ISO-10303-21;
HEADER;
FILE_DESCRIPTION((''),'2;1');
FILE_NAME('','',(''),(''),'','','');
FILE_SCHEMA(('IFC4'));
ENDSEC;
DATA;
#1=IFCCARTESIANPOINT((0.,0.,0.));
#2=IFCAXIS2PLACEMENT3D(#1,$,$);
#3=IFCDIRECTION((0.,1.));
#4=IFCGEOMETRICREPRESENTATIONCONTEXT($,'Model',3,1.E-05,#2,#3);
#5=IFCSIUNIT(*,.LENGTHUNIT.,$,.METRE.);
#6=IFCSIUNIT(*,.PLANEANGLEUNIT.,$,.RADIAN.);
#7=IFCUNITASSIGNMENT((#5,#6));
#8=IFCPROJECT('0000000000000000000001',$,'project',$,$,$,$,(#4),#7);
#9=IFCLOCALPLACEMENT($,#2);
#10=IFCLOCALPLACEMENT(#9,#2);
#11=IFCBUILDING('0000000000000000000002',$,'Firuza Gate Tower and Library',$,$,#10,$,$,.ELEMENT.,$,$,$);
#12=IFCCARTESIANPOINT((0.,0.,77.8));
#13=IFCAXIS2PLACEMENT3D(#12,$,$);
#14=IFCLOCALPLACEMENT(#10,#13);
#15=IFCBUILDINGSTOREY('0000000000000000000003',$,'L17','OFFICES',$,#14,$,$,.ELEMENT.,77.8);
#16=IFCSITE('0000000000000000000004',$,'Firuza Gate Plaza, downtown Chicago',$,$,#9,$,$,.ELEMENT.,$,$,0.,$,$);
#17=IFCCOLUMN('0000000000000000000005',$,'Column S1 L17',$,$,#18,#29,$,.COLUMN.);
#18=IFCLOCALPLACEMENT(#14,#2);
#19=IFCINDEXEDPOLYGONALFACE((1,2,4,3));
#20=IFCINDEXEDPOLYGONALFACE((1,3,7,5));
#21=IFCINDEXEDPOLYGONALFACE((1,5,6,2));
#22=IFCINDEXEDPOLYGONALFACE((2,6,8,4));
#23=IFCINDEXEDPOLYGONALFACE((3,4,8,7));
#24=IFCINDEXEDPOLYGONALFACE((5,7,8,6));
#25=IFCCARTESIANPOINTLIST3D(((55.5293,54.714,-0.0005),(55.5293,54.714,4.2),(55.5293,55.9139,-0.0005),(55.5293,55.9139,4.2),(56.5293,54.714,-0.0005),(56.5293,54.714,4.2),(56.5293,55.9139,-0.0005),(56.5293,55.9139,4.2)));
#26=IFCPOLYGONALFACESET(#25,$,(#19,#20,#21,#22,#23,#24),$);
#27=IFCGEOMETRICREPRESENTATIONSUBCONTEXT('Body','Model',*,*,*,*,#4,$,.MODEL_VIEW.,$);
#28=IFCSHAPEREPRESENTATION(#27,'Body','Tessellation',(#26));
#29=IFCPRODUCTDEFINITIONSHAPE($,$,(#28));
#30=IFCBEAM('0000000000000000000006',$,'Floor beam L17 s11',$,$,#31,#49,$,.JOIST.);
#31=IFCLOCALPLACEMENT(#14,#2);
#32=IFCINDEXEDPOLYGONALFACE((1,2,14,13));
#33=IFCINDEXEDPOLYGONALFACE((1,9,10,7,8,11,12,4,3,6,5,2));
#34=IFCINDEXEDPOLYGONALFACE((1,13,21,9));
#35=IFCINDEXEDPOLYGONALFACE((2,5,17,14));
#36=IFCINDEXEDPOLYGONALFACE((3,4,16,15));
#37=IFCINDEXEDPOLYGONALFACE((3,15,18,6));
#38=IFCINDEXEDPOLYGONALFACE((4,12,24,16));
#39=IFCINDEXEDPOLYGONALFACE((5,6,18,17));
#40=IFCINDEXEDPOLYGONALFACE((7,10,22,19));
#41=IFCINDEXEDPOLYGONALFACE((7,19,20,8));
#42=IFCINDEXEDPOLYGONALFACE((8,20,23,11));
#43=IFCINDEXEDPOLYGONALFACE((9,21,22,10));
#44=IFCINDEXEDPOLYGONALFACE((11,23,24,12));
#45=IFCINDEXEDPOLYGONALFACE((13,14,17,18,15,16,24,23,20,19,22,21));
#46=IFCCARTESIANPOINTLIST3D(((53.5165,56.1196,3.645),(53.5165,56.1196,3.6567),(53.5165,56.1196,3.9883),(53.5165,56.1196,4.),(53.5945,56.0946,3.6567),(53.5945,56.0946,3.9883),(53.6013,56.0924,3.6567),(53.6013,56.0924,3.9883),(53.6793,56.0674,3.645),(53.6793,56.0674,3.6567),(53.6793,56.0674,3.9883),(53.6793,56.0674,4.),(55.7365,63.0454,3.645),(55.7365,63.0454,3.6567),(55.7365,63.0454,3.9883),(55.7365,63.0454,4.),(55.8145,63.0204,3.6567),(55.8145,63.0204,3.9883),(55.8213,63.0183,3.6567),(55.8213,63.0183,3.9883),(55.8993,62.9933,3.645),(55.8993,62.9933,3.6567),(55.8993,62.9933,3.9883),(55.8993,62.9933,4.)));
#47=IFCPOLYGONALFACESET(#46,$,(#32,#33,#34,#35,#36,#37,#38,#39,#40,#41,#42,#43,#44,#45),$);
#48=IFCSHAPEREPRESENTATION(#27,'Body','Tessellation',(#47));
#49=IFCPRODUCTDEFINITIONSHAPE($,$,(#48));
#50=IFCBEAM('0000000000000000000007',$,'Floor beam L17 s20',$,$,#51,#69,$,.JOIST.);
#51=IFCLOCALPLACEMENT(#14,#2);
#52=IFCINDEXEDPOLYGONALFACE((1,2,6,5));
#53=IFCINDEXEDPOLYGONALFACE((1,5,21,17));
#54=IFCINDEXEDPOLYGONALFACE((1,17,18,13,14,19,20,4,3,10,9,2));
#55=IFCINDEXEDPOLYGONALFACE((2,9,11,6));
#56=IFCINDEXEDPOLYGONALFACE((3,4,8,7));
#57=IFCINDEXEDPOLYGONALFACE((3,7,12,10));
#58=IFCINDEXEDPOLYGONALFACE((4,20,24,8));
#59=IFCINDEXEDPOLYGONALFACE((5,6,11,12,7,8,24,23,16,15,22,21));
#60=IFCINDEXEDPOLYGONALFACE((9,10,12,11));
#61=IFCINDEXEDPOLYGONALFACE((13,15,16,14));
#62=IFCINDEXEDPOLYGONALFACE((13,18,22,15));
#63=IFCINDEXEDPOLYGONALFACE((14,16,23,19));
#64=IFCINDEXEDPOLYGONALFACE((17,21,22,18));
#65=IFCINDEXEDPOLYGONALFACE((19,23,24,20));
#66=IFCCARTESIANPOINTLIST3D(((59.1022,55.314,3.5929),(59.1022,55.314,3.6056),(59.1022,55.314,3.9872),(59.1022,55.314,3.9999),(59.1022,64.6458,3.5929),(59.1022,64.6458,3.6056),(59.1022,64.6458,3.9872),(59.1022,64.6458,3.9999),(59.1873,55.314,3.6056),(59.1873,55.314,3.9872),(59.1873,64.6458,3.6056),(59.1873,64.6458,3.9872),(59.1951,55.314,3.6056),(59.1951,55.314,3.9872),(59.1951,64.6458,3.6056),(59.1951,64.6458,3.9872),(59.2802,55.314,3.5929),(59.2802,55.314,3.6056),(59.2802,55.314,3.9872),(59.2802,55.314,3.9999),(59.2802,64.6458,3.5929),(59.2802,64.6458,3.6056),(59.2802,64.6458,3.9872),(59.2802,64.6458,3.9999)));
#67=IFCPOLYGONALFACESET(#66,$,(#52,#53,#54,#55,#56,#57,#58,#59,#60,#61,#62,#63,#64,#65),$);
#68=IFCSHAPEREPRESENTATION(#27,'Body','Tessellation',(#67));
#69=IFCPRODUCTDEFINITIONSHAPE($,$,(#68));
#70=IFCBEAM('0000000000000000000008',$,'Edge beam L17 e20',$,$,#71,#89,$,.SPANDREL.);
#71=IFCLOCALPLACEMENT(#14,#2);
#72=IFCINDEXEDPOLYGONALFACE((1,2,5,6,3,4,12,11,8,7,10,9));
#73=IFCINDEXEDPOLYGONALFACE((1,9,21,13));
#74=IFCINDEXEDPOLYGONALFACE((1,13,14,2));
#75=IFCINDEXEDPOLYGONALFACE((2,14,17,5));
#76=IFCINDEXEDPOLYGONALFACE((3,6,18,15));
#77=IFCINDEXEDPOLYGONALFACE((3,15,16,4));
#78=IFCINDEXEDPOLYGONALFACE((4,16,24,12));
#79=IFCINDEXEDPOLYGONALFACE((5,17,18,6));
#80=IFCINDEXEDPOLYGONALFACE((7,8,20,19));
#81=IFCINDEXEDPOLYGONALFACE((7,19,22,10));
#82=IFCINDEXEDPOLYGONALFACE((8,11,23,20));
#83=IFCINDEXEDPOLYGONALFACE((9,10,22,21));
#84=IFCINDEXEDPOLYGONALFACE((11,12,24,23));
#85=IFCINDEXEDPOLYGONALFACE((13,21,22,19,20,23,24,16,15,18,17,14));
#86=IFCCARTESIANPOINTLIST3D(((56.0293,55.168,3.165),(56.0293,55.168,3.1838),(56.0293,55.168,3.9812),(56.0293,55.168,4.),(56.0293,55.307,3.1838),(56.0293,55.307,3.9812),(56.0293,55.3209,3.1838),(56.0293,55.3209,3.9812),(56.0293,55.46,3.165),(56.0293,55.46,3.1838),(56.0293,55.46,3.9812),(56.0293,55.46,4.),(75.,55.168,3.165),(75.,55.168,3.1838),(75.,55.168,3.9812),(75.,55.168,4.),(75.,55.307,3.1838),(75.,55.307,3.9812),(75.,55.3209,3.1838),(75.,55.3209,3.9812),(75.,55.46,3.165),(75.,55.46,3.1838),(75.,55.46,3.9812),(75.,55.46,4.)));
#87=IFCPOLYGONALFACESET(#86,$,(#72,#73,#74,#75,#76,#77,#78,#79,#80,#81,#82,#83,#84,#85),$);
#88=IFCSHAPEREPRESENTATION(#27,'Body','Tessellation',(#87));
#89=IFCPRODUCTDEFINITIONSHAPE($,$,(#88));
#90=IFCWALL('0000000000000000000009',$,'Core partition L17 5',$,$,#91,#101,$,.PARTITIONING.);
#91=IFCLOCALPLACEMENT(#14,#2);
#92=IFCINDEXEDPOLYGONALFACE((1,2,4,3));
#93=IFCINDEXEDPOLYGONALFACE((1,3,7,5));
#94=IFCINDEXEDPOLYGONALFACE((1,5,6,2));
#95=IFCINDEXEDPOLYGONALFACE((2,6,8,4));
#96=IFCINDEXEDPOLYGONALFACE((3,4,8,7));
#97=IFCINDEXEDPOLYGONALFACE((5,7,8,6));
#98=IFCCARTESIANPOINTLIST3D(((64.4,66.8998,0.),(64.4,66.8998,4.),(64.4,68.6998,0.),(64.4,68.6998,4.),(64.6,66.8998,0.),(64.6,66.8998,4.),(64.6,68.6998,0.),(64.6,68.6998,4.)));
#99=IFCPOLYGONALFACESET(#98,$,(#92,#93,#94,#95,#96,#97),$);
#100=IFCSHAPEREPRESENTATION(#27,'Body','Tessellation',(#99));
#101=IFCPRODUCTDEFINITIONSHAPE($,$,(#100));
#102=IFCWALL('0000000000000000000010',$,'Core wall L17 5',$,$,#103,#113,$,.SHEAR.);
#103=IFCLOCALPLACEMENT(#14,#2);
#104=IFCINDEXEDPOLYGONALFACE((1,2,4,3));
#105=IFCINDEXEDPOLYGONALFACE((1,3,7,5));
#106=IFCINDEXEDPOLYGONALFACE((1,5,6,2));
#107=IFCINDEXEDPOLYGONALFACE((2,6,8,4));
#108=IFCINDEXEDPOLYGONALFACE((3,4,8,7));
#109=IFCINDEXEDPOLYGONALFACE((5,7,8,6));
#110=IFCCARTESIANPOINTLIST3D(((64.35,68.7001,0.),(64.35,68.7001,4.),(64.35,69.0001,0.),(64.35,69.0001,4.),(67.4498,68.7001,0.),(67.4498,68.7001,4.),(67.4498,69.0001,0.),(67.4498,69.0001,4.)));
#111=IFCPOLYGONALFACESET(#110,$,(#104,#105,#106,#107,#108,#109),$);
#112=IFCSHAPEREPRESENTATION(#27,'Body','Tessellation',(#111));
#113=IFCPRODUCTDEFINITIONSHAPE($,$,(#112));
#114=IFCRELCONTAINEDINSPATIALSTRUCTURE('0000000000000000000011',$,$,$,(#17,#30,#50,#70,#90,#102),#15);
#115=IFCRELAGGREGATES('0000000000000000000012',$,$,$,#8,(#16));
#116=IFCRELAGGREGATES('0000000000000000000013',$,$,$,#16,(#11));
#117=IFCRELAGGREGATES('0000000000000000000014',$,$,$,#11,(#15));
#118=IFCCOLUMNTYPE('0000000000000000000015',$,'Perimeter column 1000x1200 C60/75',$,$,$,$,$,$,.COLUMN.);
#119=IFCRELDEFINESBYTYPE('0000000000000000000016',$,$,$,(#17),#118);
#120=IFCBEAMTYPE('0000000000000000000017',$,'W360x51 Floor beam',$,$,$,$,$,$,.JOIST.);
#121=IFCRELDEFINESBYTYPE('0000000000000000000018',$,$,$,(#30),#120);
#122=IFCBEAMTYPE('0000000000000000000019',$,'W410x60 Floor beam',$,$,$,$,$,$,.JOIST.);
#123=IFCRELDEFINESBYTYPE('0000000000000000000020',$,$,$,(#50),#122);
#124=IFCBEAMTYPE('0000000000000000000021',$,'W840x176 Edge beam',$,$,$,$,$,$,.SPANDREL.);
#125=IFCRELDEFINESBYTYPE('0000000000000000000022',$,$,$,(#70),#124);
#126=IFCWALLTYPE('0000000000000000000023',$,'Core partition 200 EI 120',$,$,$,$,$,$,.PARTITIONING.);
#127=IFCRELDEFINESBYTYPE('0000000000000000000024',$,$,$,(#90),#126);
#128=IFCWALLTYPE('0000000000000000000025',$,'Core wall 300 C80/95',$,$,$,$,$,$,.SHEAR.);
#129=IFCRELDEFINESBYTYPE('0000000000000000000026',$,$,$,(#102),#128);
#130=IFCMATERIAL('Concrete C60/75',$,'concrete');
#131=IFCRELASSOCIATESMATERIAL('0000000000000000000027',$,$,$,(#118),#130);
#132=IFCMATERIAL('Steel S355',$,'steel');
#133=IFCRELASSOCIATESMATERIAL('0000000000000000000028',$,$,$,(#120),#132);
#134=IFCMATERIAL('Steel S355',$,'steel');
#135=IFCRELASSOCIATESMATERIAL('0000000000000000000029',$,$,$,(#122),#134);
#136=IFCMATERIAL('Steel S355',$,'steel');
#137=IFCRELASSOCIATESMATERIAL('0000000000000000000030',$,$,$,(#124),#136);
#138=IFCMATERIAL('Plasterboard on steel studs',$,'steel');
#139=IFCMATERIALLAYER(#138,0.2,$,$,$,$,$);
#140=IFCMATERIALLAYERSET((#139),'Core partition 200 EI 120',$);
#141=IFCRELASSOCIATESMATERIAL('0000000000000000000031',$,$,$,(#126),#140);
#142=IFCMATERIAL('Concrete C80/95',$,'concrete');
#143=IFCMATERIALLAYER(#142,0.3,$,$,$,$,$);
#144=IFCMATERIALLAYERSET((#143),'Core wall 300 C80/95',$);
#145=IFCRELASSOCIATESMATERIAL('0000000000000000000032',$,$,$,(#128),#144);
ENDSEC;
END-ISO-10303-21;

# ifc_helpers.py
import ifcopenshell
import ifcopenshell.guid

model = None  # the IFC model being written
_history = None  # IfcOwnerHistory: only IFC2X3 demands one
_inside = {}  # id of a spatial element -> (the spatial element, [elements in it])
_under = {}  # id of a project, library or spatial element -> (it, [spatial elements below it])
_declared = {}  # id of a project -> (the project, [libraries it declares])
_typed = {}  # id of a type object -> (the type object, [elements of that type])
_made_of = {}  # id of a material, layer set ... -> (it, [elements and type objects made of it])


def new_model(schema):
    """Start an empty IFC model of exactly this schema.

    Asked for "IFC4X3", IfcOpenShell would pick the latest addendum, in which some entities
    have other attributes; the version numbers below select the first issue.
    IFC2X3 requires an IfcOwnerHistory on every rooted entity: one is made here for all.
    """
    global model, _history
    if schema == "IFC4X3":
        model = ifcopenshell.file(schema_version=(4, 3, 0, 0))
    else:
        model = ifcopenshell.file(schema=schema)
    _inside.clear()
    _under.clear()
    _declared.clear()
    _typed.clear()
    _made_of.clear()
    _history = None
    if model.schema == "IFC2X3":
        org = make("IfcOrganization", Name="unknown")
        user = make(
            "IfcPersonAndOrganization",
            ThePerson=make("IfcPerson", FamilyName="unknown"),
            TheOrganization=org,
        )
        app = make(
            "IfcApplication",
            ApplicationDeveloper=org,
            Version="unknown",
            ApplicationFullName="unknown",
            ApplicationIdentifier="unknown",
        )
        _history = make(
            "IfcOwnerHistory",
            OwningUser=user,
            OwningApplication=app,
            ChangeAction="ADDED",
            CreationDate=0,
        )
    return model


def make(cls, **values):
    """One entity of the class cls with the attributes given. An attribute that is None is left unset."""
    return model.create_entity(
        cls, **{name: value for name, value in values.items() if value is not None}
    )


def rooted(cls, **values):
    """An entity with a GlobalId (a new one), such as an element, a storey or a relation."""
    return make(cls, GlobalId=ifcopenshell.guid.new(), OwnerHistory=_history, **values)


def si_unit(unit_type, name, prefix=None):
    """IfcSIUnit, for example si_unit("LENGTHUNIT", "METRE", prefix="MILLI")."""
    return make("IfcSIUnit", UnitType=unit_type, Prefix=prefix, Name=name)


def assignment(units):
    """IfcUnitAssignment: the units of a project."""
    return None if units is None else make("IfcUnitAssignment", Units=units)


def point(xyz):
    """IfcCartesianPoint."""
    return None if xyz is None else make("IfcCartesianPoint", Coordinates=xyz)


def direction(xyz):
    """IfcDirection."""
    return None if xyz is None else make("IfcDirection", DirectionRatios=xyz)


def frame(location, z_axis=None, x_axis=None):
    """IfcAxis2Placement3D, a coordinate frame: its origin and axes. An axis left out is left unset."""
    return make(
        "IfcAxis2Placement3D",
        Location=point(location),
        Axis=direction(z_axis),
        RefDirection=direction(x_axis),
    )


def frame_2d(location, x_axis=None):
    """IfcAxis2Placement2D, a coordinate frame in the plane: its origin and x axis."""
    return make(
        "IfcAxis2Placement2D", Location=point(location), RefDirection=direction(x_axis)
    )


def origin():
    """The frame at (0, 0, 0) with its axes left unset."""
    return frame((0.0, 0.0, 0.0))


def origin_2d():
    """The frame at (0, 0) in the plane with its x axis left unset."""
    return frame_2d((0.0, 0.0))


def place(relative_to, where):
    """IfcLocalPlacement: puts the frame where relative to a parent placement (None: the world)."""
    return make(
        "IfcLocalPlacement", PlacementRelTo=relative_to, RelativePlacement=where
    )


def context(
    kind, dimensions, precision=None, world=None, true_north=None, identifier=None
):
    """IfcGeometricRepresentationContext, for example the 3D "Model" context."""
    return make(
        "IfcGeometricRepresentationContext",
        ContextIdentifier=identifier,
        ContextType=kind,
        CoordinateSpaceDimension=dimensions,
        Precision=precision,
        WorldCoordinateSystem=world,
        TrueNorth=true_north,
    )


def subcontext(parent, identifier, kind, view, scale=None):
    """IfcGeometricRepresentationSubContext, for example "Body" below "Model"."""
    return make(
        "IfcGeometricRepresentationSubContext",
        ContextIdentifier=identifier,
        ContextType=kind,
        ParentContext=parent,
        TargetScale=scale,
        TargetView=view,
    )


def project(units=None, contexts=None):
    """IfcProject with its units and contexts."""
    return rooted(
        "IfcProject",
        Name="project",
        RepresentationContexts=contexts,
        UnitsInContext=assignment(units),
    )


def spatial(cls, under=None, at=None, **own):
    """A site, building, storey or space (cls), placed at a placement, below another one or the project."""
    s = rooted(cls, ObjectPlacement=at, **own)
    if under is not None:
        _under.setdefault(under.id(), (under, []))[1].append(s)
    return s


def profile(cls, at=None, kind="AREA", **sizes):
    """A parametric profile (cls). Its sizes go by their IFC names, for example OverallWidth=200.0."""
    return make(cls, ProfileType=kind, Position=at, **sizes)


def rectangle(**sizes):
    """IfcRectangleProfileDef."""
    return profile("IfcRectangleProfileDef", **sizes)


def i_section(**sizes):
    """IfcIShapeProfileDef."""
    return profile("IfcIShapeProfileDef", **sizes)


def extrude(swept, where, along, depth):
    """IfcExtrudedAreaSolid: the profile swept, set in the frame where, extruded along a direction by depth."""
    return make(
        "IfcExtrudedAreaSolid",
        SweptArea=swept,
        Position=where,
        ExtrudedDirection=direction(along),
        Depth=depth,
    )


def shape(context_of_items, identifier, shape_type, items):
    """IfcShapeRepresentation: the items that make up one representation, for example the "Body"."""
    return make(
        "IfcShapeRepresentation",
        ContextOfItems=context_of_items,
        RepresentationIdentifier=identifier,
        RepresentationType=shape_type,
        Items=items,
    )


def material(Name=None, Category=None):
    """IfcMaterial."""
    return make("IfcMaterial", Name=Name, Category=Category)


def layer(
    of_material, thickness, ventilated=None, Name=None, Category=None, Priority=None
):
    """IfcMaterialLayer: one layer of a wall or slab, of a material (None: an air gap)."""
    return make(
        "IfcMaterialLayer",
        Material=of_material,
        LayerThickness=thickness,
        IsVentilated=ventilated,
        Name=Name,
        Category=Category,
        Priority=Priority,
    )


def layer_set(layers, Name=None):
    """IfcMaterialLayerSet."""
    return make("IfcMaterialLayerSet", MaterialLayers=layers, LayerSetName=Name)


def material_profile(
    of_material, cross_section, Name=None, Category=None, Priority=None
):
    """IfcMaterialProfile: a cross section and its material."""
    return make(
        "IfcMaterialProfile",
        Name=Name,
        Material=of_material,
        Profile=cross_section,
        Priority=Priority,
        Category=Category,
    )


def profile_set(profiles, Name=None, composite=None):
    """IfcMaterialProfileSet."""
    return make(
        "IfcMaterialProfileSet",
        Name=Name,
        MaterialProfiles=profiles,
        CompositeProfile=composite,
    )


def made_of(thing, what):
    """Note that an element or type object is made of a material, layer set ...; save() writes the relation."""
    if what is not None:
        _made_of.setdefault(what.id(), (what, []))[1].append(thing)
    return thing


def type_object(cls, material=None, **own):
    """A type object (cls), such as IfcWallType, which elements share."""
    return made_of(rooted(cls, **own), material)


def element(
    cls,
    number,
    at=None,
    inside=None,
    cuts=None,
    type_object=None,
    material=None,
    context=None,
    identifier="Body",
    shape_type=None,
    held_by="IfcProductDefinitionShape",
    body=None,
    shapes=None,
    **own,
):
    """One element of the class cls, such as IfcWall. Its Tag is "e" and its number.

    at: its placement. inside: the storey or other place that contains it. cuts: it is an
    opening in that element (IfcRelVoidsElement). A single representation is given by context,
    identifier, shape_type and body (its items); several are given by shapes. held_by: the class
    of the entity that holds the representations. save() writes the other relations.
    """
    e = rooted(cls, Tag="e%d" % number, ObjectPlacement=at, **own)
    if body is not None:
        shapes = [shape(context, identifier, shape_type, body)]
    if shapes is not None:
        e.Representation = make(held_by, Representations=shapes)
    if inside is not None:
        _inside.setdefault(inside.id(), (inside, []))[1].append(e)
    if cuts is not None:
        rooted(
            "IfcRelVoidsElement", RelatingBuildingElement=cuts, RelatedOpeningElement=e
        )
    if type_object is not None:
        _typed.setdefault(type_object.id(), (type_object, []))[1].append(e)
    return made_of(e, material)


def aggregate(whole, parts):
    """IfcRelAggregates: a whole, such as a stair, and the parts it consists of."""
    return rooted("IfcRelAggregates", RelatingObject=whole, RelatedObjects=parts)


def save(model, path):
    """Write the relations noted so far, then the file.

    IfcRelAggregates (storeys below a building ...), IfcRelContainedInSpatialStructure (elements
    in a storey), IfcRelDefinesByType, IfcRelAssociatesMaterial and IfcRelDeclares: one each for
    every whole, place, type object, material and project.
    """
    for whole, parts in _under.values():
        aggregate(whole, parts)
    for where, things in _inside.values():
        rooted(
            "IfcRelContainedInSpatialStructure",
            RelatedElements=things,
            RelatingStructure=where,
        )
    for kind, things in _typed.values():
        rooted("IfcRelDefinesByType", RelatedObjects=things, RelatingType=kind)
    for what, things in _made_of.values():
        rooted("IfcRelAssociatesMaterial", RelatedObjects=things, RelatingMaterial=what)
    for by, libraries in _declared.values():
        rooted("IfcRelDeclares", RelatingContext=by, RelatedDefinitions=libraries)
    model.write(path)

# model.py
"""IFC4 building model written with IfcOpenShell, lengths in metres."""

from ifc_helpers import new_model, si_unit, direction, frame, frame_2d, origin, origin_2d, place, context, subcontext, project, spatial, rectangle, i_section, extrude, material, layer, layer_set, material_profile, profile_set, type_object, element, save


model = new_model("IFC4")

# Units and contexts
model_context = context("Model", 3, precision=1e-05, world=origin(), true_north=direction((0.0, 1.0)))
body_context = subcontext(model_context, "Body", "Model", "MODEL_VIEW")
ifc_project = project(units=[si_unit("LENGTHUNIT", "METRE"), si_unit("PLANEANGLEUNIT", "RADIAN")], contexts=[model_context])

# Site, building, storey
site_placement = place(None, origin())
site = spatial("IfcSite", under=ifc_project, at=site_placement, Name="Firuza Gate Plaza, downtown Chicago", CompositionType="ELEMENT", RefElevation=0.0)
building_placement = place(site_placement, origin())
building = spatial("IfcBuilding", under=site, at=building_placement, Name="Firuza Gate Tower and Library", CompositionType="ELEMENT")
storey_placement = place(building_placement, frame((0.0, 0.0, 77.8)))
storey = spatial("IfcBuildingStorey", under=building, at=storey_placement, Name="L17", Description="OFFICES", CompositionType="ELEMENT", Elevation=77.8)

# Column
ifc_material_1 = material(Name="Concrete C60/75", Category="concrete")
ifc_material_profile_1 = material_profile(ifc_material_1, rectangle(XDim=1.0, YDim=1.2, at=origin_2d()))
ifc_profile_set_1 = profile_set([ifc_material_profile_1], Name="Concrete C60/75")
column_type = type_object("IfcColumnType", Name="Perimeter column 1000x1200 C60/75", PredefinedType="COLUMN", material=ifc_profile_set_1)
column_placement = place(storey_placement, frame((56.0293, 55.314, -0.0005), z_axis=(0.0, 0.0, 1.0), x_axis=(1.0, 0.0, 0.0)))
element("IfcColumn", 1, at=column_placement, inside=storey, type_object=column_type, Name="Column S1 L17", PredefinedType="COLUMN", context=body_context, shape_type="SweptSolid", body=[
    extrude(rectangle(XDim=1.0, YDim=1.2, at=origin_2d()), origin(), (0.0, 0.0, 1.0), 4.2004),
])

# Beams
ifc_material_2 = material(Name="Steel S355", Category="steel")
ifc_material_profile_2 = material_profile(ifc_material_2, i_section(OverallWidth=0.1709, OverallDepth=0.355, WebThickness=0.0071, FlangeThickness=0.0117, at=origin_2d()))
ifc_profile_set_2 = profile_set([ifc_material_profile_2], Name="Steel S355")
beam_type_1 = type_object("IfcBeamType", Name="W360x51 Floor beam", PredefinedType="JOIST", material=ifc_profile_set_2)
beam_1_placement = place(storey_placement, frame((53.5979, 56.0935, 3.8225), z_axis=(0.30524, 0.952276, 0.0), x_axis=(-0.952276, 0.30524, 0.0)))
element("IfcBeam", 2, at=beam_1_placement, inside=storey, type_object=beam_type_1, Name="Floor beam L17 s11", PredefinedType="JOIST", context=body_context, shape_type="SweptSolid", body=[
    extrude(i_section(OverallWidth=0.1709, OverallDepth=0.355, WebThickness=0.0071, FlangeThickness=0.0117, at=origin_2d()), origin(), (0.0, 0.0, 1.0), 7.2729),
])
ifc_material_3 = material(Name="Steel S355", Category="steel")
ifc_material_profile_3 = material_profile(ifc_material_3, i_section(OverallWidth=0.178, OverallDepth=0.407, WebThickness=0.0078, FlangeThickness=0.0127, at=origin_2d()))
ifc_profile_set_3 = profile_set([ifc_material_profile_3], Name="Steel S355")
beam_type_2 = type_object("IfcBeamType", Name="W410x60 Floor beam", PredefinedType="JOIST", material=ifc_profile_set_3)
beam_2_placement = place(storey_placement, frame((59.1912, 55.314, 3.7964), z_axis=(0.0, 1.0, 0.0), x_axis=(-1.0, 0.0, 0.0)))
element("IfcBeam", 3, at=beam_2_placement, inside=storey, type_object=beam_type_2, Name="Floor beam L17 s20", PredefinedType="JOIST", context=body_context, shape_type="SweptSolid", body=[
    extrude(i_section(OverallWidth=0.178, OverallDepth=0.407, WebThickness=0.0078, FlangeThickness=0.0127, at=origin_2d()), origin(), (0.0, 0.0, 1.0), 9.3318),
])
ifc_material_4 = material(Name="Steel S355", Category="steel")
ifc_material_profile_4 = material_profile(ifc_material_4, i_section(OverallWidth=0.292, OverallDepth=0.835, WebThickness=0.0139, FlangeThickness=0.0188, at=origin_2d()))
ifc_profile_set_4 = profile_set([ifc_material_profile_4], Name="Steel S355")
beam_type_3 = type_object("IfcBeamType", Name="W840x176 Edge beam", PredefinedType="SPANDREL", material=ifc_profile_set_4)
beam_3_placement = place(storey_placement, frame((56.0293, 55.314, 3.5825), z_axis=(1.0, 0.0, 0.0), x_axis=(0.0, 1.0, 0.0)))
element("IfcBeam", 4, at=beam_3_placement, inside=storey, type_object=beam_type_3, Name="Edge beam L17 e20", PredefinedType="SPANDREL", context=body_context, shape_type="SweptSolid", body=[
    extrude(i_section(OverallWidth=0.292, OverallDepth=0.835, WebThickness=0.0139, FlangeThickness=0.0188, at=origin_2d()), origin(), (0.0, 0.0, 1.0), 18.9707),
])

# Walls
ifc_material_5 = material(Name="Plasterboard on steel studs", Category="steel")
ifc_layer_1 = layer(ifc_material_5, 0.2)
ifc_layer_set_1 = layer_set([ifc_layer_1], Name="Core partition 200 EI 120")
wall_type_1 = type_object("IfcWallType", Name="Core partition 200 EI 120", PredefinedType="PARTITIONING", material=ifc_layer_set_1)
wall_1_placement = place(storey_placement, frame((64.5, 66.8999, 0.0), z_axis=(0.0, 0.0, 1.0), x_axis=(0.0, 1.0, 0.0)))
element("IfcWall", 5, at=wall_1_placement, inside=storey, type_object=wall_type_1, Name="Core partition L17 5", PredefinedType="PARTITIONING", context=body_context, shape_type="SweptSolid", body=[
    extrude(rectangle(XDim=1.8, YDim=0.2, at=frame_2d((0.8999, 0.0))), origin(), (0.0, 0.0, 1.0), 4.0),
])
ifc_material_6 = material(Name="Concrete C80/95", Category="concrete")
ifc_layer_2 = layer(ifc_material_6, 0.3)
ifc_layer_set_2 = layer_set([ifc_layer_2], Name="Core wall 300 C80/95")
wall_type_2 = type_object("IfcWallType", Name="Core wall 300 C80/95", PredefinedType="SHEAR", material=ifc_layer_set_2)
wall_2_placement = place(storey_placement, frame((64.3501, 68.8501, 0.0), z_axis=(0.0, 0.0, 1.0), x_axis=(1.0, 0.0, 0.0)))
element("IfcWall", 6, at=wall_2_placement, inside=storey, type_object=wall_type_2, Name="Core wall L17 5", PredefinedType="SHEAR", context=body_context, shape_type="SweptSolid", body=[
    extrude(rectangle(XDim=3.0999, YDim=0.3, at=frame_2d((1.5498, 0.0))), origin(), (0.0, 0.0, 1.0), 4.0),
])

save(model, "model.ifc")
